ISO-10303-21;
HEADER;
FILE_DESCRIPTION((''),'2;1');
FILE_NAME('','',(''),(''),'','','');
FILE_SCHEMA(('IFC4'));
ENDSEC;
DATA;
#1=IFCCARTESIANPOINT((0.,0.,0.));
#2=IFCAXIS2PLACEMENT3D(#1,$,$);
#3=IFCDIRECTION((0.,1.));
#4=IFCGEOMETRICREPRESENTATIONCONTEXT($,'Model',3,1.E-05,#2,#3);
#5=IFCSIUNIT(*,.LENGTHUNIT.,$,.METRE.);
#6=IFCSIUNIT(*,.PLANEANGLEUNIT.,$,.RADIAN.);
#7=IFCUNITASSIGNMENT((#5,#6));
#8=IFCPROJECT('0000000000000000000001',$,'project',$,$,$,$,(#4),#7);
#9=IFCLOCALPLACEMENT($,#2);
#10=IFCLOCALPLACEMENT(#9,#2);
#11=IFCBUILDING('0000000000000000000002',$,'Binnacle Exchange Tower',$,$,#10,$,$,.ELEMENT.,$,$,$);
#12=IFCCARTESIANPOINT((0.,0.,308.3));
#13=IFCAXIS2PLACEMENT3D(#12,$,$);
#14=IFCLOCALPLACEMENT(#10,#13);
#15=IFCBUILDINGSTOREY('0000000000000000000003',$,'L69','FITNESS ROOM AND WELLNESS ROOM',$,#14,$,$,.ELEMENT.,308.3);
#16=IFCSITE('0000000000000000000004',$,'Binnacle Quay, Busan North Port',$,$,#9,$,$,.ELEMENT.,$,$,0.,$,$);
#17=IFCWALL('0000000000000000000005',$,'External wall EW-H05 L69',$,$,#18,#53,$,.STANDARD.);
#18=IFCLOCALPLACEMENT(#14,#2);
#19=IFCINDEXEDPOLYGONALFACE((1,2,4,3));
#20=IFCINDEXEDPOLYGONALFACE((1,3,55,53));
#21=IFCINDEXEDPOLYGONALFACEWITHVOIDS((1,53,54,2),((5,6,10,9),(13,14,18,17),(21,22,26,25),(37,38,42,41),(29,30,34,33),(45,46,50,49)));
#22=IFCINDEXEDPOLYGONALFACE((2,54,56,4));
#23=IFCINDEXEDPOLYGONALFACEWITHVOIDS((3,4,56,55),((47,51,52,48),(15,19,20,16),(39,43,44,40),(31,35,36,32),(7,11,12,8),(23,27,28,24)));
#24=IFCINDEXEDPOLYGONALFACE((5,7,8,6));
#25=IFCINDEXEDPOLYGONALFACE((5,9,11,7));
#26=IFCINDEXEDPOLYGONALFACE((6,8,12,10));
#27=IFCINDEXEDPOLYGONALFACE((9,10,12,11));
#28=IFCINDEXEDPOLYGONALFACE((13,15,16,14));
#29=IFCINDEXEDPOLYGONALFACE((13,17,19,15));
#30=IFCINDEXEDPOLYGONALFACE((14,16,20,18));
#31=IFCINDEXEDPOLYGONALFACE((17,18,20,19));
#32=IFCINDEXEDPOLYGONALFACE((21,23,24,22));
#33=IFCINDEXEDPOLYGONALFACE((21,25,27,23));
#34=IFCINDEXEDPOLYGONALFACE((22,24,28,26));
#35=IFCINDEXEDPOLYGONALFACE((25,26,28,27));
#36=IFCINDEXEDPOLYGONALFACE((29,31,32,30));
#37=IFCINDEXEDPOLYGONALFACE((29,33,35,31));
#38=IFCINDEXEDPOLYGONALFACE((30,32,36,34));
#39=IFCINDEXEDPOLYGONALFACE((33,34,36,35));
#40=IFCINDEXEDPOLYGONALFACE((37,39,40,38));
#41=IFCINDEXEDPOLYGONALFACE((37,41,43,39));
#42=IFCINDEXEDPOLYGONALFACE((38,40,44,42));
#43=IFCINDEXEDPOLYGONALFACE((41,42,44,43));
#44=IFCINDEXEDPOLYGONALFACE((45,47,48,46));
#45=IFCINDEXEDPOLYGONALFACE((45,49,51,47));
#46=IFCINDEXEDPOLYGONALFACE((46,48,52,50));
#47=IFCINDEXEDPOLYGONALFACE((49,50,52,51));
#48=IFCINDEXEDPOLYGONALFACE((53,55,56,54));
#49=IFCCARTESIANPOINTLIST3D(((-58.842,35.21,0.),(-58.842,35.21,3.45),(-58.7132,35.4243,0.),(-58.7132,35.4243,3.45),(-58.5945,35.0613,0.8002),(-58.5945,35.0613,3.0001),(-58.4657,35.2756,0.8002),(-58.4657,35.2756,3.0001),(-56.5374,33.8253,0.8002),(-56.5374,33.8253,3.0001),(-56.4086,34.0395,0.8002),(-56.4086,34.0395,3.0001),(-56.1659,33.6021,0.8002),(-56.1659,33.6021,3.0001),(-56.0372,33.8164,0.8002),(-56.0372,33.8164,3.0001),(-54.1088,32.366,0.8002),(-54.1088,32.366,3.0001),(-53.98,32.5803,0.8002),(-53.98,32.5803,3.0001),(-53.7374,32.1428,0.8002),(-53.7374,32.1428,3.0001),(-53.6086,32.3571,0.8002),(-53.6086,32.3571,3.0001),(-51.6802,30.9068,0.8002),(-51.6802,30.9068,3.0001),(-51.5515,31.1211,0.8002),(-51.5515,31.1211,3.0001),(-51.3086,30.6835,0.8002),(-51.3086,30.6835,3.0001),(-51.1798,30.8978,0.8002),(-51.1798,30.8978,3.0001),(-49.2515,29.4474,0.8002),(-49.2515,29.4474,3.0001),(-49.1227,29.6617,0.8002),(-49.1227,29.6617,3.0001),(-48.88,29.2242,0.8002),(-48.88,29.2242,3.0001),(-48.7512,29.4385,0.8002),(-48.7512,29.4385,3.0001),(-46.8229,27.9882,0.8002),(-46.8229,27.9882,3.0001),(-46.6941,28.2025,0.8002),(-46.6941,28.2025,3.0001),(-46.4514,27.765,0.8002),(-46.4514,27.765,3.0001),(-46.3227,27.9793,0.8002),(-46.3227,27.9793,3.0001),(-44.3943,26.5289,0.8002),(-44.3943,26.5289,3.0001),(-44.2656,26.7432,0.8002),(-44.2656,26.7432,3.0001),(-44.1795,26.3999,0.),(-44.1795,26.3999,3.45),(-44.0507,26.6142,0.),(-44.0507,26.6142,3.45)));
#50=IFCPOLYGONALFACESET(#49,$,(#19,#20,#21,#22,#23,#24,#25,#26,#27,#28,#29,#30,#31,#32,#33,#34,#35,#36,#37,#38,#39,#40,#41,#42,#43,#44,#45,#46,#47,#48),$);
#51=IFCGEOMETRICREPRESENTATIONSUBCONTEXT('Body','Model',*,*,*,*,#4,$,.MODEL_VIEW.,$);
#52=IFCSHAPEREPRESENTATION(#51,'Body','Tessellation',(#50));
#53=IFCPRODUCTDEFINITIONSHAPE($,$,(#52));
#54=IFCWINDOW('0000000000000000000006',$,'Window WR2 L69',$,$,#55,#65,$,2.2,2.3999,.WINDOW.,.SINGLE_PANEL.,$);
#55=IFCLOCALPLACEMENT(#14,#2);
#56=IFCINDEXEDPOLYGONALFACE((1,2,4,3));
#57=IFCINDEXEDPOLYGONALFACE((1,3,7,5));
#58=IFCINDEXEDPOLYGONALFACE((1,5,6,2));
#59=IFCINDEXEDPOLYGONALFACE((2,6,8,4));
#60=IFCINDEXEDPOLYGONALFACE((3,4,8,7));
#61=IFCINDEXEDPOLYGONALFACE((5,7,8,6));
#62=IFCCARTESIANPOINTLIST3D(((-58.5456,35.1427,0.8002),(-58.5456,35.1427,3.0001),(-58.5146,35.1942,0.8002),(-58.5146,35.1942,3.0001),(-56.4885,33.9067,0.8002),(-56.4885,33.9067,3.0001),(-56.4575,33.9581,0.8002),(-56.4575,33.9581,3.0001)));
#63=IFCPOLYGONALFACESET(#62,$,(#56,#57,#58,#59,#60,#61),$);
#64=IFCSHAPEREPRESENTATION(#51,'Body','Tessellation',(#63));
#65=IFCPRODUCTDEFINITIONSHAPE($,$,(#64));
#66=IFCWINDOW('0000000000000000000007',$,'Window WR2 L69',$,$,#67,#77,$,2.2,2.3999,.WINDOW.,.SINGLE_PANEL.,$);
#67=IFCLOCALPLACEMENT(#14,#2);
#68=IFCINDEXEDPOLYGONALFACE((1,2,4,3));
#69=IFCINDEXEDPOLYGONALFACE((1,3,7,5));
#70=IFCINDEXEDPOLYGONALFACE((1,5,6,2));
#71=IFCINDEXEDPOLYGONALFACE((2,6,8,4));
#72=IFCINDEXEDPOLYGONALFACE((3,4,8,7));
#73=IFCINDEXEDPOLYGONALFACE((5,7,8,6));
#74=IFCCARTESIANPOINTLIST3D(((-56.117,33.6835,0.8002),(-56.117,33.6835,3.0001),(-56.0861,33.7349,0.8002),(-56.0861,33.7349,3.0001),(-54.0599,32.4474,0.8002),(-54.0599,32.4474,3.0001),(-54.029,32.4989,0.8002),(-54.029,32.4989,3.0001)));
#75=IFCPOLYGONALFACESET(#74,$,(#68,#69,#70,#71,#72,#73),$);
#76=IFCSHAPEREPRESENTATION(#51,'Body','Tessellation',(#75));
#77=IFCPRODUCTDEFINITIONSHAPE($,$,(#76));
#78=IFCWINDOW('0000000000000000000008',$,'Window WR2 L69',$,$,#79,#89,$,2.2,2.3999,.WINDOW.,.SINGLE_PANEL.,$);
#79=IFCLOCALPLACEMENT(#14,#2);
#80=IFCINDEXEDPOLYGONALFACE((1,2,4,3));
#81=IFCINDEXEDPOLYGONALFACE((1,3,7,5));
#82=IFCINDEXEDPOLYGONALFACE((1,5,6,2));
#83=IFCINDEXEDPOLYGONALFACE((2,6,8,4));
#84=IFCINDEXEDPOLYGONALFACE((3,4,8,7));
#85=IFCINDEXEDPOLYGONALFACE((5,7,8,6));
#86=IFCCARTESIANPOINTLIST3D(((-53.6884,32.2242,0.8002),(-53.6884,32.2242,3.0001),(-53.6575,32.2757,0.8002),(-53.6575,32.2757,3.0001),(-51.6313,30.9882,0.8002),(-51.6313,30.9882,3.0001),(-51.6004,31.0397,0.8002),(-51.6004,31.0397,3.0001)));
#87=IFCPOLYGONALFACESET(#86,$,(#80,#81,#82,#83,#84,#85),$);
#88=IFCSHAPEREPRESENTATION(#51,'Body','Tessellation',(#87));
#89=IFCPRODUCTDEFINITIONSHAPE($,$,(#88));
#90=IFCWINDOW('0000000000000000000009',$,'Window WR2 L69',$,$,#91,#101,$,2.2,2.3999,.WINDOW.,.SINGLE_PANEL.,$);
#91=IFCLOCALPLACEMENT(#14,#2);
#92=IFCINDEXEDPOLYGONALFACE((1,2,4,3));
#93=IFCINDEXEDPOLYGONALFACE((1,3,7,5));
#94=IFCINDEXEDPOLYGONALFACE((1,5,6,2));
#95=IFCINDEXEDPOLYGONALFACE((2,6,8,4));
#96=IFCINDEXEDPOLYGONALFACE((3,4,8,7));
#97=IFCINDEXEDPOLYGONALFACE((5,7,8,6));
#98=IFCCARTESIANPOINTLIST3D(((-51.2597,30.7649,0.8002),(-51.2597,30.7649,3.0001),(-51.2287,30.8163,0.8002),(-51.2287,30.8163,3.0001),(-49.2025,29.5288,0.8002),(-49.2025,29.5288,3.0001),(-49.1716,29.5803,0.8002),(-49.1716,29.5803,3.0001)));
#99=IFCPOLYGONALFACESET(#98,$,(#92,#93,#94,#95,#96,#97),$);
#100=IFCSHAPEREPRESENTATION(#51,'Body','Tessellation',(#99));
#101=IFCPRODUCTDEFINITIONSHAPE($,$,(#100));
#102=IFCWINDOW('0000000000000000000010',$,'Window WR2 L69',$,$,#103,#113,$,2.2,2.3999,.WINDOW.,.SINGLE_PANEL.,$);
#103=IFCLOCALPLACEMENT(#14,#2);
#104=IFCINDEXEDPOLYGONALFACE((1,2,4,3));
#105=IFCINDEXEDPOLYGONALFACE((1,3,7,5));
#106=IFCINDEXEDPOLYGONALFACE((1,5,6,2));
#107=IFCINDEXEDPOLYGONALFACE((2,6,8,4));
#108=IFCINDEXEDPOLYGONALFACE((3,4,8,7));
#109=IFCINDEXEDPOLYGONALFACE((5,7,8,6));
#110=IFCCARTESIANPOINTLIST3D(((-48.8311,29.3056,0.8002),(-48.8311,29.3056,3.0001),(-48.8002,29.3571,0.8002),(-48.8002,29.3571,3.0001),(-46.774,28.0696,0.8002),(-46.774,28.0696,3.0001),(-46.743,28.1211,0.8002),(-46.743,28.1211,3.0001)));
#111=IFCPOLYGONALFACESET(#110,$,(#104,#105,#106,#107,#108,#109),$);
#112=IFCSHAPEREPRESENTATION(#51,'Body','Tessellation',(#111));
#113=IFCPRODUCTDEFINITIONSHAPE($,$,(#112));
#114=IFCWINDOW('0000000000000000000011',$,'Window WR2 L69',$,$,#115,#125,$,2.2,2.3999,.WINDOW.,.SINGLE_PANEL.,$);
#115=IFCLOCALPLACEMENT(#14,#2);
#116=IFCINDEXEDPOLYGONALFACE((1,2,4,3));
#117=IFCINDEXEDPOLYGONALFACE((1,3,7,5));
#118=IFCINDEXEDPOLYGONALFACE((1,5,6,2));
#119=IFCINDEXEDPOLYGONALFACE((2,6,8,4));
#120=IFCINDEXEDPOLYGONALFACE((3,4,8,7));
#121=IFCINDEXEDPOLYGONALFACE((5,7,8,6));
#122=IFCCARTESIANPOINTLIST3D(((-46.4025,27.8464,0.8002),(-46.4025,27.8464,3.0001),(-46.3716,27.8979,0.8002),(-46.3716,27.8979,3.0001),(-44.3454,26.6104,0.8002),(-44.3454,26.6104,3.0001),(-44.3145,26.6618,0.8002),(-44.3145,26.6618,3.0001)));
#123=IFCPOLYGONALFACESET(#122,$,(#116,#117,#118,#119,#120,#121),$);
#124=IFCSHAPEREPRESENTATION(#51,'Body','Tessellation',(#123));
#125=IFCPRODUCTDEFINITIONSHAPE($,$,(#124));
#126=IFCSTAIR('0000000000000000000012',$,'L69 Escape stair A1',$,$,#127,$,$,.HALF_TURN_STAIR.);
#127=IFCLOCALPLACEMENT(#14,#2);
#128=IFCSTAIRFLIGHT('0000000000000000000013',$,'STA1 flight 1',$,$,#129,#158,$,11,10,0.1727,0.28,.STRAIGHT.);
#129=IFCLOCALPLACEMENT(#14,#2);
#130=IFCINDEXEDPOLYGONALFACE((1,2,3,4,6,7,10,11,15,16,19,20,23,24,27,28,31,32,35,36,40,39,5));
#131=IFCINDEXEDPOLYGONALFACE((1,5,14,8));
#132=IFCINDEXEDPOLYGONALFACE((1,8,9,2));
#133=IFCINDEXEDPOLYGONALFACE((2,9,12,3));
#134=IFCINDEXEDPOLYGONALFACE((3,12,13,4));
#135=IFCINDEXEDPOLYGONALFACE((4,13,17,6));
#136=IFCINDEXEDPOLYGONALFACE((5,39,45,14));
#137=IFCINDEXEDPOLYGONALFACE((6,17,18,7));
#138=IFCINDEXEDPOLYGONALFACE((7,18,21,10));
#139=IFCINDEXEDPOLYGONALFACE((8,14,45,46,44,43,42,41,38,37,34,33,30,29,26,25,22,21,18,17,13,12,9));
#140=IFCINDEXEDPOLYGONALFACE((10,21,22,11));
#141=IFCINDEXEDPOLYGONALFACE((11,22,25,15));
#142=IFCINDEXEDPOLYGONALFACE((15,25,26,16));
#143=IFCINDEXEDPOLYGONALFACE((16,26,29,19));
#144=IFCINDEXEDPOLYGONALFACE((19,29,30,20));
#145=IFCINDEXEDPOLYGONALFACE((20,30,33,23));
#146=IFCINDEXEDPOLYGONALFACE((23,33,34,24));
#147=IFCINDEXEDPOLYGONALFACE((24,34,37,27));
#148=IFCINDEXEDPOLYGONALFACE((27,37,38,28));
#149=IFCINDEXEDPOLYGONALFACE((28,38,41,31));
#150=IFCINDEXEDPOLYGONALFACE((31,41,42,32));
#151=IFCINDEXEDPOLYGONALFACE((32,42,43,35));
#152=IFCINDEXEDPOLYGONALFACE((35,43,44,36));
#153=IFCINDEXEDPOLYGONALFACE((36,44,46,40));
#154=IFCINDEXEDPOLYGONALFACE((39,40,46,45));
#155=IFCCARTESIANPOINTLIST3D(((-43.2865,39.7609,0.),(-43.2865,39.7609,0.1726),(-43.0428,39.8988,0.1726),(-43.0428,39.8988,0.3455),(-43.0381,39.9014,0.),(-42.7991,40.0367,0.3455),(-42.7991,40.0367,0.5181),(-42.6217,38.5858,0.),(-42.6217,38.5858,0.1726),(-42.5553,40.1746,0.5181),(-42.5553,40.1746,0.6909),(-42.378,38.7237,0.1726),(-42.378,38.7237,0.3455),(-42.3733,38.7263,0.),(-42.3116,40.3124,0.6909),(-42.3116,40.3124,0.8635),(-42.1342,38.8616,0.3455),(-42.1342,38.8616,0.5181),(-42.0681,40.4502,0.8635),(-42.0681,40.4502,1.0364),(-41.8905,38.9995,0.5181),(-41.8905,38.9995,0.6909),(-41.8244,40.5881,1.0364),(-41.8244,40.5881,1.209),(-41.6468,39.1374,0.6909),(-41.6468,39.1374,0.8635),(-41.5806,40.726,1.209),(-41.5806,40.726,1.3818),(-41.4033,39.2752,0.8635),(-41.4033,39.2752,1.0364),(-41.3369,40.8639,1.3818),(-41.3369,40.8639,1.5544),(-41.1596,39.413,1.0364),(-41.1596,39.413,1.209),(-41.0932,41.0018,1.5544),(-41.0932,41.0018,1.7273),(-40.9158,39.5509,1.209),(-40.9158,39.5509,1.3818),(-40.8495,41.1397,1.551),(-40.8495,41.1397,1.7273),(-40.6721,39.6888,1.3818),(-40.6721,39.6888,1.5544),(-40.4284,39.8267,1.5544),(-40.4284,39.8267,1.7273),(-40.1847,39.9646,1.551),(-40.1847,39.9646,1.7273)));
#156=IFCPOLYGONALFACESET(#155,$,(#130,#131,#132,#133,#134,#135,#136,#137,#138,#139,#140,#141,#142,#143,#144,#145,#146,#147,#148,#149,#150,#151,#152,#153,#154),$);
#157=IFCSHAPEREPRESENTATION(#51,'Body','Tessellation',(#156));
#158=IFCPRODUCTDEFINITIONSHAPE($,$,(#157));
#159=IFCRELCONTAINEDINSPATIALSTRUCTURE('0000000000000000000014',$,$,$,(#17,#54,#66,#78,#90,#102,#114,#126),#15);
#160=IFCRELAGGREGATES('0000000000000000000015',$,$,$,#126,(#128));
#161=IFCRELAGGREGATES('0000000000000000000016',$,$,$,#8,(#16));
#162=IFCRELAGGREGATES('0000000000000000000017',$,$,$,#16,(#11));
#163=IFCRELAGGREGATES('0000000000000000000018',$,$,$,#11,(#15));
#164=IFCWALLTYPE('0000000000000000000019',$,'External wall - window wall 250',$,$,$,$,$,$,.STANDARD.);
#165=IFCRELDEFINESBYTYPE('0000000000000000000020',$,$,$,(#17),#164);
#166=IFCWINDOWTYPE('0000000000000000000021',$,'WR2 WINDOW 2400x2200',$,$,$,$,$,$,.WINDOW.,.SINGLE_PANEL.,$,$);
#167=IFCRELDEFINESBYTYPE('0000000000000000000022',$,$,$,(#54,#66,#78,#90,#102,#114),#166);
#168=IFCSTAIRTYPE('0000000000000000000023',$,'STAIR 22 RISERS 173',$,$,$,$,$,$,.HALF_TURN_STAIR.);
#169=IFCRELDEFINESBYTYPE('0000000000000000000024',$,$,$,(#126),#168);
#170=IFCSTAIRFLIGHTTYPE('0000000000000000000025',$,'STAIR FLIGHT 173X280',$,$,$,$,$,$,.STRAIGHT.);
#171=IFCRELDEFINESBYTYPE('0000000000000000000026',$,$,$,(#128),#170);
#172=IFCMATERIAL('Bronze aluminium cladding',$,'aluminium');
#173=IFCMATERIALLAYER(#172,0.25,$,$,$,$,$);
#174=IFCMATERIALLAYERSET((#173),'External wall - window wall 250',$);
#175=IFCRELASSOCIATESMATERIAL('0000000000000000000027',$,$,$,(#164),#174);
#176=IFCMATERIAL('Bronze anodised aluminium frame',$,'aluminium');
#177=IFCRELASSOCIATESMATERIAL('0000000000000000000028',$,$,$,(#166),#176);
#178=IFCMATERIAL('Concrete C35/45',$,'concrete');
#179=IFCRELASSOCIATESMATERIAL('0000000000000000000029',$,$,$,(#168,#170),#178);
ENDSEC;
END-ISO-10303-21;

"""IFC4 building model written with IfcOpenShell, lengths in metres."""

from ifc_helpers import new_model, si_unit, direction, frame, frame_2d, origin, place, context, subcontext, project, spatial, polyline, rectangle, outline, extrude, material, layer, layer_set, type_object, element, fill, aggregate, save


model = new_model("IFC4")

# Units and contexts
model_context = context("Model", 3, precision=1e-05, world=origin(), true_north=direction((0.0, 1.0)))
body_context = subcontext(model_context, "Body", "Model", "MODEL_VIEW")
ifc_project = project(units=[si_unit("LENGTHUNIT", "METRE"), si_unit("PLANEANGLEUNIT", "RADIAN")], contexts=[model_context])

# Site, building, storey
site_placement = place(None, origin())
site = spatial("IfcSite", under=ifc_project, at=site_placement, Name="Binnacle Quay, Busan North Port", CompositionType="ELEMENT", RefElevation=0.0)
building_placement = place(site_placement, origin())
building = spatial("IfcBuilding", under=site, at=building_placement, Name="Binnacle Exchange Tower", CompositionType="ELEMENT")
storey_placement = place(building_placement, frame((0.0, 0.0, 308.3)))
storey = spatial("IfcBuildingStorey", under=building, at=storey_placement, Name="L69", Description="FITNESS ROOM AND WELLNESS ROOM", CompositionType="ELEMENT", Elevation=308.3)

# Shared definitions
ifc_material_1 = material(Name="Bronze aluminium cladding", Category="aluminium")
ifc_layer_1 = layer(ifc_material_1, 0.25)
ifc_layer_set_1 = layer_set([ifc_layer_1], Name="External wall - window wall 250")
wall_type_1 = type_object("IfcWallType", Name="External wall - window wall 250", PredefinedType="STANDARD", material=ifc_layer_set_1)

# Wall, openings, windows
wall_1_placement = place(storey_placement, frame((-44.1152, 26.5071, 0.0), z_axis=(0.0, 0.0, 1.0), x_axis=(-0.857167, 0.515039, 0.0)))
wall_1 = element("IfcWall", 1, at=wall_1_placement, inside=storey, type_object=wall_type_1, Name="External wall EW-H05 L69", PredefinedType="STANDARD", context=body_context, shape_type="SweptSolid", body=[
    extrude(rectangle(XDim=17.1057, YDim=0.25, at=frame_2d((8.5527, 0.0))), origin(), (0.0, 0.0, 1.0), 3.45),
])
opening_1_placement = place(wall_1_placement, frame((14.417, 0.0, 0.8)))
opening_1 = element("IfcOpeningElement", 2, at=opening_1_placement, cuts=wall_1, PredefinedType="OPENING", context=body_context, shape_type="SweptSolid", body=[
    extrude(rectangle(XDim=2.3999, YDim=2.2, at=frame_2d((1.2, 1.1001))), frame((0.0, 0.135, 0.0), z_axis=(0.0, -1.0, 0.0), x_axis=(1.0, 0.0, 0.0)), (0.0, 0.0, 1.0), 0.27),
])
opening_2_placement = place(wall_1_placement, frame((11.5837, 0.0, 0.8)))
opening_2 = element("IfcOpeningElement", 3, at=opening_2_placement, cuts=wall_1, PredefinedType="OPENING", context=body_context, shape_type="SweptSolid", body=[
    extrude(rectangle(XDim=2.3999, YDim=2.2, at=frame_2d((1.2, 1.1001))), frame((0.0, 0.135, 0.0), z_axis=(0.0, -1.0, 0.0), x_axis=(1.0, 0.0, 0.0)), (0.0, 0.0, 1.0), 0.27),
])
opening_3_placement = place(wall_1_placement, frame((8.7505, 0.0, 0.8)))
opening_3 = element("IfcOpeningElement", 4, at=opening_3_placement, cuts=wall_1, PredefinedType="OPENING", context=body_context, shape_type="SweptSolid", body=[
    extrude(rectangle(XDim=2.3999, YDim=2.2, at=frame_2d((1.2, 1.1001))), frame((0.0, 0.135, 0.0), z_axis=(0.0, -1.0, 0.0), x_axis=(1.0, 0.0, 0.0)), (0.0, 0.0, 1.0), 0.27),
])
opening_4_placement = place(wall_1_placement, frame((5.917, 0.0, 0.8)))
opening_4 = element("IfcOpeningElement", 5, at=opening_4_placement, cuts=wall_1, PredefinedType="OPENING", context=body_context, shape_type="SweptSolid", body=[
    extrude(rectangle(XDim=2.3999, YDim=2.2, at=frame_2d((1.2, 1.1001))), frame((0.0, 0.135, 0.0), z_axis=(0.0, -1.0, 0.0), x_axis=(1.0, 0.0, 0.0)), (0.0, 0.0, 1.0), 0.27),
])
opening_5_placement = place(wall_1_placement, frame((3.0837, 0.0, 0.8)))
opening_5 = element("IfcOpeningElement", 6, at=opening_5_placement, cuts=wall_1, PredefinedType="OPENING", context=body_context, shape_type="SweptSolid", body=[
    extrude(rectangle(XDim=2.3999, YDim=2.2, at=frame_2d((1.2, 1.1001))), frame((0.0, 0.135, 0.0), z_axis=(0.0, -1.0, 0.0), x_axis=(1.0, 0.0, 0.0)), (0.0, 0.0, 1.0), 0.27),
])
opening_6_placement = place(wall_1_placement, frame((0.2505, 0.0, 0.8)))
opening_6 = element("IfcOpeningElement", 7, at=opening_6_placement, cuts=wall_1, PredefinedType="OPENING", context=body_context, shape_type="SweptSolid", body=[
    extrude(rectangle(XDim=2.3999, YDim=2.2, at=frame_2d((1.2, 1.1001))), frame((0.0, 0.135, 0.0), z_axis=(0.0, -1.0, 0.0), x_axis=(1.0, 0.0, 0.0)), (0.0, 0.0, 1.0), 0.27),
])
ifc_material_2 = material(Name="Bronze anodised aluminium frame", Category="aluminium")
window_type = type_object("IfcWindowType", Name="WR2 WINDOW 2400x2200", PartitioningType="SINGLE_PANEL", PredefinedType="WINDOW", material=ifc_material_2)
window_1_placement = place(opening_1_placement, origin())
window_1 = element("IfcWindow", 8, at=window_1_placement, inside=storey, type_object=window_type, Name="Window WR2 L69", OverallHeight=2.2, OverallWidth=2.3999, PartitioningType="SINGLE_PANEL", PredefinedType="WINDOW", context=body_context, shape_type="SweptSolid", body=[
    extrude(rectangle(XDim=2.3999, YDim=2.2, at=frame_2d((1.2, 1.1001))), frame((0.0, 0.03, 0.0), z_axis=(0.0, -1.0, 0.0), x_axis=(1.0, 0.0, 0.0)), (0.0, 0.0, 1.0), 0.0601),
])
fill(opening_1, window_1)
window_2_placement = place(opening_2_placement, origin())
window_2 = element("IfcWindow", 9, at=window_2_placement, inside=storey, type_object=window_type, Name="Window WR2 L69", OverallHeight=2.2, OverallWidth=2.3999, PartitioningType="SINGLE_PANEL", PredefinedType="WINDOW", context=body_context, shape_type="SweptSolid", body=[
    extrude(rectangle(XDim=2.3999, YDim=2.2, at=frame_2d((1.2, 1.1001))), frame((0.0, 0.03, 0.0), z_axis=(0.0, -1.0, 0.0), x_axis=(1.0, 0.0, 0.0)), (0.0, 0.0, 1.0), 0.0601),
])
fill(opening_2, window_2)
window_3_placement = place(opening_3_placement, origin())
window_3 = element("IfcWindow", 10, at=window_3_placement, inside=storey, type_object=window_type, Name="Window WR2 L69", OverallHeight=2.2, OverallWidth=2.3999, PartitioningType="SINGLE_PANEL", PredefinedType="WINDOW", context=body_context, shape_type="SweptSolid", body=[
    extrude(rectangle(XDim=2.3999, YDim=2.2, at=frame_2d((1.2, 1.1001))), frame((0.0, 0.03, 0.0), z_axis=(0.0, -1.0, 0.0), x_axis=(1.0, 0.0, 0.0)), (0.0, 0.0, 1.0), 0.0601),
])
fill(opening_3, window_3)
window_4_placement = place(opening_4_placement, origin())
window_4 = element("IfcWindow", 11, at=window_4_placement, inside=storey, type_object=window_type, Name="Window WR2 L69", OverallHeight=2.2, OverallWidth=2.3999, PartitioningType="SINGLE_PANEL", PredefinedType="WINDOW", context=body_context, shape_type="SweptSolid", body=[
    extrude(rectangle(XDim=2.3999, YDim=2.2, at=frame_2d((1.2, 1.1001))), frame((0.0, 0.03, 0.0), z_axis=(0.0, -1.0, 0.0), x_axis=(1.0, 0.0, 0.0)), (0.0, 0.0, 1.0), 0.0601),
])
fill(opening_4, window_4)
window_5_placement = place(opening_5_placement, origin())
window_5 = element("IfcWindow", 12, at=window_5_placement, inside=storey, type_object=window_type, Name="Window WR2 L69", OverallHeight=2.2, OverallWidth=2.3999, PartitioningType="SINGLE_PANEL", PredefinedType="WINDOW", context=body_context, shape_type="SweptSolid", body=[
    extrude(rectangle(XDim=2.3999, YDim=2.2, at=frame_2d((1.2, 1.1001))), frame((0.0, 0.03, 0.0), z_axis=(0.0, -1.0, 0.0), x_axis=(1.0, 0.0, 0.0)), (0.0, 0.0, 1.0), 0.0601),
])
fill(opening_5, window_5)
window_6_placement = place(opening_6_placement, origin())
window_6 = element("IfcWindow", 13, at=window_6_placement, inside=storey, type_object=window_type, Name="Window WR2 L69", OverallHeight=2.2, OverallWidth=2.3999, PartitioningType="SINGLE_PANEL", PredefinedType="WINDOW", context=body_context, shape_type="SweptSolid", body=[
    extrude(rectangle(XDim=2.3999, YDim=2.2, at=frame_2d((1.2, 1.1001))), frame((0.0, 0.03, 0.0), z_axis=(0.0, -1.0, 0.0), x_axis=(1.0, 0.0, 0.0)), (0.0, 0.0, 1.0), 0.0601),
])
fill(opening_6, window_6)

# Stair, stair flight
ifc_material_3 = material(Name="Concrete C35/45", Category="concrete")
stair_type = type_object("IfcStairType", Name="STAIR 22 RISERS 173", PredefinedType="HALF_TURN_STAIR", material=ifc_material_3)
stair_placement = place(storey_placement, origin())
stair = element("IfcStair", 14, at=stair_placement, inside=storey, type_object=stair_type, Name="L69 Escape stair A1", PredefinedType="HALF_TURN_STAIR")
stair_flight_type = type_object("IfcStairFlightType", Name="STAIR FLIGHT 173X280", PredefinedType="STRAIGHT", material=ifc_material_3)
stair_flight_placement = place(storey_placement, frame((-42.9541, 39.1733, 0.0), z_axis=(0.0, 0.0, 1.0), x_axis=(0.870356, 0.492424, 0.0)))
stair_flight = element("IfcStairFlight", 15, at=stair_flight_placement, type_object=stair_flight_type, Name="STA1 flight 1", NumberOfRisers=11, NumberOfTreads=10, PredefinedType="STRAIGHT", RiserHeight=0.1727, TreadLength=0.28, context=body_context, shape_type="SweptSolid", body=[
    extrude(outline(polyline([(0.0, 0.0), (0.0, 0.1726), (0.28, 0.1726), (0.28, 0.3455), (0.5601, 0.3455), (0.5601, 0.5181), (0.8401, 0.5181), (0.8401, 0.6909), (1.1201, 0.6909), (1.1201, 0.8635), (1.3999, 0.8635), (1.3999, 1.0364), (1.6799, 1.0364), (1.6799, 1.209), (1.96, 1.209), (1.96, 1.3818), (2.24, 1.3818), (2.24, 1.5544), (2.52, 1.5544), (2.52, 1.7273), (2.8, 1.7273), (2.8, 1.8999), (2.8, 1.551), (0.2854, 0.0), (0.0, 0.0)])), frame((0.0, 0.675, 0.0), z_axis=(0.0, -1.0, 0.0), x_axis=(1.0, 0.0, 0.0)), (0.0, 0.0, 1.0), 1.3501),
])
aggregate(stair, [stair_flight])

save(model, "model.ifc")
